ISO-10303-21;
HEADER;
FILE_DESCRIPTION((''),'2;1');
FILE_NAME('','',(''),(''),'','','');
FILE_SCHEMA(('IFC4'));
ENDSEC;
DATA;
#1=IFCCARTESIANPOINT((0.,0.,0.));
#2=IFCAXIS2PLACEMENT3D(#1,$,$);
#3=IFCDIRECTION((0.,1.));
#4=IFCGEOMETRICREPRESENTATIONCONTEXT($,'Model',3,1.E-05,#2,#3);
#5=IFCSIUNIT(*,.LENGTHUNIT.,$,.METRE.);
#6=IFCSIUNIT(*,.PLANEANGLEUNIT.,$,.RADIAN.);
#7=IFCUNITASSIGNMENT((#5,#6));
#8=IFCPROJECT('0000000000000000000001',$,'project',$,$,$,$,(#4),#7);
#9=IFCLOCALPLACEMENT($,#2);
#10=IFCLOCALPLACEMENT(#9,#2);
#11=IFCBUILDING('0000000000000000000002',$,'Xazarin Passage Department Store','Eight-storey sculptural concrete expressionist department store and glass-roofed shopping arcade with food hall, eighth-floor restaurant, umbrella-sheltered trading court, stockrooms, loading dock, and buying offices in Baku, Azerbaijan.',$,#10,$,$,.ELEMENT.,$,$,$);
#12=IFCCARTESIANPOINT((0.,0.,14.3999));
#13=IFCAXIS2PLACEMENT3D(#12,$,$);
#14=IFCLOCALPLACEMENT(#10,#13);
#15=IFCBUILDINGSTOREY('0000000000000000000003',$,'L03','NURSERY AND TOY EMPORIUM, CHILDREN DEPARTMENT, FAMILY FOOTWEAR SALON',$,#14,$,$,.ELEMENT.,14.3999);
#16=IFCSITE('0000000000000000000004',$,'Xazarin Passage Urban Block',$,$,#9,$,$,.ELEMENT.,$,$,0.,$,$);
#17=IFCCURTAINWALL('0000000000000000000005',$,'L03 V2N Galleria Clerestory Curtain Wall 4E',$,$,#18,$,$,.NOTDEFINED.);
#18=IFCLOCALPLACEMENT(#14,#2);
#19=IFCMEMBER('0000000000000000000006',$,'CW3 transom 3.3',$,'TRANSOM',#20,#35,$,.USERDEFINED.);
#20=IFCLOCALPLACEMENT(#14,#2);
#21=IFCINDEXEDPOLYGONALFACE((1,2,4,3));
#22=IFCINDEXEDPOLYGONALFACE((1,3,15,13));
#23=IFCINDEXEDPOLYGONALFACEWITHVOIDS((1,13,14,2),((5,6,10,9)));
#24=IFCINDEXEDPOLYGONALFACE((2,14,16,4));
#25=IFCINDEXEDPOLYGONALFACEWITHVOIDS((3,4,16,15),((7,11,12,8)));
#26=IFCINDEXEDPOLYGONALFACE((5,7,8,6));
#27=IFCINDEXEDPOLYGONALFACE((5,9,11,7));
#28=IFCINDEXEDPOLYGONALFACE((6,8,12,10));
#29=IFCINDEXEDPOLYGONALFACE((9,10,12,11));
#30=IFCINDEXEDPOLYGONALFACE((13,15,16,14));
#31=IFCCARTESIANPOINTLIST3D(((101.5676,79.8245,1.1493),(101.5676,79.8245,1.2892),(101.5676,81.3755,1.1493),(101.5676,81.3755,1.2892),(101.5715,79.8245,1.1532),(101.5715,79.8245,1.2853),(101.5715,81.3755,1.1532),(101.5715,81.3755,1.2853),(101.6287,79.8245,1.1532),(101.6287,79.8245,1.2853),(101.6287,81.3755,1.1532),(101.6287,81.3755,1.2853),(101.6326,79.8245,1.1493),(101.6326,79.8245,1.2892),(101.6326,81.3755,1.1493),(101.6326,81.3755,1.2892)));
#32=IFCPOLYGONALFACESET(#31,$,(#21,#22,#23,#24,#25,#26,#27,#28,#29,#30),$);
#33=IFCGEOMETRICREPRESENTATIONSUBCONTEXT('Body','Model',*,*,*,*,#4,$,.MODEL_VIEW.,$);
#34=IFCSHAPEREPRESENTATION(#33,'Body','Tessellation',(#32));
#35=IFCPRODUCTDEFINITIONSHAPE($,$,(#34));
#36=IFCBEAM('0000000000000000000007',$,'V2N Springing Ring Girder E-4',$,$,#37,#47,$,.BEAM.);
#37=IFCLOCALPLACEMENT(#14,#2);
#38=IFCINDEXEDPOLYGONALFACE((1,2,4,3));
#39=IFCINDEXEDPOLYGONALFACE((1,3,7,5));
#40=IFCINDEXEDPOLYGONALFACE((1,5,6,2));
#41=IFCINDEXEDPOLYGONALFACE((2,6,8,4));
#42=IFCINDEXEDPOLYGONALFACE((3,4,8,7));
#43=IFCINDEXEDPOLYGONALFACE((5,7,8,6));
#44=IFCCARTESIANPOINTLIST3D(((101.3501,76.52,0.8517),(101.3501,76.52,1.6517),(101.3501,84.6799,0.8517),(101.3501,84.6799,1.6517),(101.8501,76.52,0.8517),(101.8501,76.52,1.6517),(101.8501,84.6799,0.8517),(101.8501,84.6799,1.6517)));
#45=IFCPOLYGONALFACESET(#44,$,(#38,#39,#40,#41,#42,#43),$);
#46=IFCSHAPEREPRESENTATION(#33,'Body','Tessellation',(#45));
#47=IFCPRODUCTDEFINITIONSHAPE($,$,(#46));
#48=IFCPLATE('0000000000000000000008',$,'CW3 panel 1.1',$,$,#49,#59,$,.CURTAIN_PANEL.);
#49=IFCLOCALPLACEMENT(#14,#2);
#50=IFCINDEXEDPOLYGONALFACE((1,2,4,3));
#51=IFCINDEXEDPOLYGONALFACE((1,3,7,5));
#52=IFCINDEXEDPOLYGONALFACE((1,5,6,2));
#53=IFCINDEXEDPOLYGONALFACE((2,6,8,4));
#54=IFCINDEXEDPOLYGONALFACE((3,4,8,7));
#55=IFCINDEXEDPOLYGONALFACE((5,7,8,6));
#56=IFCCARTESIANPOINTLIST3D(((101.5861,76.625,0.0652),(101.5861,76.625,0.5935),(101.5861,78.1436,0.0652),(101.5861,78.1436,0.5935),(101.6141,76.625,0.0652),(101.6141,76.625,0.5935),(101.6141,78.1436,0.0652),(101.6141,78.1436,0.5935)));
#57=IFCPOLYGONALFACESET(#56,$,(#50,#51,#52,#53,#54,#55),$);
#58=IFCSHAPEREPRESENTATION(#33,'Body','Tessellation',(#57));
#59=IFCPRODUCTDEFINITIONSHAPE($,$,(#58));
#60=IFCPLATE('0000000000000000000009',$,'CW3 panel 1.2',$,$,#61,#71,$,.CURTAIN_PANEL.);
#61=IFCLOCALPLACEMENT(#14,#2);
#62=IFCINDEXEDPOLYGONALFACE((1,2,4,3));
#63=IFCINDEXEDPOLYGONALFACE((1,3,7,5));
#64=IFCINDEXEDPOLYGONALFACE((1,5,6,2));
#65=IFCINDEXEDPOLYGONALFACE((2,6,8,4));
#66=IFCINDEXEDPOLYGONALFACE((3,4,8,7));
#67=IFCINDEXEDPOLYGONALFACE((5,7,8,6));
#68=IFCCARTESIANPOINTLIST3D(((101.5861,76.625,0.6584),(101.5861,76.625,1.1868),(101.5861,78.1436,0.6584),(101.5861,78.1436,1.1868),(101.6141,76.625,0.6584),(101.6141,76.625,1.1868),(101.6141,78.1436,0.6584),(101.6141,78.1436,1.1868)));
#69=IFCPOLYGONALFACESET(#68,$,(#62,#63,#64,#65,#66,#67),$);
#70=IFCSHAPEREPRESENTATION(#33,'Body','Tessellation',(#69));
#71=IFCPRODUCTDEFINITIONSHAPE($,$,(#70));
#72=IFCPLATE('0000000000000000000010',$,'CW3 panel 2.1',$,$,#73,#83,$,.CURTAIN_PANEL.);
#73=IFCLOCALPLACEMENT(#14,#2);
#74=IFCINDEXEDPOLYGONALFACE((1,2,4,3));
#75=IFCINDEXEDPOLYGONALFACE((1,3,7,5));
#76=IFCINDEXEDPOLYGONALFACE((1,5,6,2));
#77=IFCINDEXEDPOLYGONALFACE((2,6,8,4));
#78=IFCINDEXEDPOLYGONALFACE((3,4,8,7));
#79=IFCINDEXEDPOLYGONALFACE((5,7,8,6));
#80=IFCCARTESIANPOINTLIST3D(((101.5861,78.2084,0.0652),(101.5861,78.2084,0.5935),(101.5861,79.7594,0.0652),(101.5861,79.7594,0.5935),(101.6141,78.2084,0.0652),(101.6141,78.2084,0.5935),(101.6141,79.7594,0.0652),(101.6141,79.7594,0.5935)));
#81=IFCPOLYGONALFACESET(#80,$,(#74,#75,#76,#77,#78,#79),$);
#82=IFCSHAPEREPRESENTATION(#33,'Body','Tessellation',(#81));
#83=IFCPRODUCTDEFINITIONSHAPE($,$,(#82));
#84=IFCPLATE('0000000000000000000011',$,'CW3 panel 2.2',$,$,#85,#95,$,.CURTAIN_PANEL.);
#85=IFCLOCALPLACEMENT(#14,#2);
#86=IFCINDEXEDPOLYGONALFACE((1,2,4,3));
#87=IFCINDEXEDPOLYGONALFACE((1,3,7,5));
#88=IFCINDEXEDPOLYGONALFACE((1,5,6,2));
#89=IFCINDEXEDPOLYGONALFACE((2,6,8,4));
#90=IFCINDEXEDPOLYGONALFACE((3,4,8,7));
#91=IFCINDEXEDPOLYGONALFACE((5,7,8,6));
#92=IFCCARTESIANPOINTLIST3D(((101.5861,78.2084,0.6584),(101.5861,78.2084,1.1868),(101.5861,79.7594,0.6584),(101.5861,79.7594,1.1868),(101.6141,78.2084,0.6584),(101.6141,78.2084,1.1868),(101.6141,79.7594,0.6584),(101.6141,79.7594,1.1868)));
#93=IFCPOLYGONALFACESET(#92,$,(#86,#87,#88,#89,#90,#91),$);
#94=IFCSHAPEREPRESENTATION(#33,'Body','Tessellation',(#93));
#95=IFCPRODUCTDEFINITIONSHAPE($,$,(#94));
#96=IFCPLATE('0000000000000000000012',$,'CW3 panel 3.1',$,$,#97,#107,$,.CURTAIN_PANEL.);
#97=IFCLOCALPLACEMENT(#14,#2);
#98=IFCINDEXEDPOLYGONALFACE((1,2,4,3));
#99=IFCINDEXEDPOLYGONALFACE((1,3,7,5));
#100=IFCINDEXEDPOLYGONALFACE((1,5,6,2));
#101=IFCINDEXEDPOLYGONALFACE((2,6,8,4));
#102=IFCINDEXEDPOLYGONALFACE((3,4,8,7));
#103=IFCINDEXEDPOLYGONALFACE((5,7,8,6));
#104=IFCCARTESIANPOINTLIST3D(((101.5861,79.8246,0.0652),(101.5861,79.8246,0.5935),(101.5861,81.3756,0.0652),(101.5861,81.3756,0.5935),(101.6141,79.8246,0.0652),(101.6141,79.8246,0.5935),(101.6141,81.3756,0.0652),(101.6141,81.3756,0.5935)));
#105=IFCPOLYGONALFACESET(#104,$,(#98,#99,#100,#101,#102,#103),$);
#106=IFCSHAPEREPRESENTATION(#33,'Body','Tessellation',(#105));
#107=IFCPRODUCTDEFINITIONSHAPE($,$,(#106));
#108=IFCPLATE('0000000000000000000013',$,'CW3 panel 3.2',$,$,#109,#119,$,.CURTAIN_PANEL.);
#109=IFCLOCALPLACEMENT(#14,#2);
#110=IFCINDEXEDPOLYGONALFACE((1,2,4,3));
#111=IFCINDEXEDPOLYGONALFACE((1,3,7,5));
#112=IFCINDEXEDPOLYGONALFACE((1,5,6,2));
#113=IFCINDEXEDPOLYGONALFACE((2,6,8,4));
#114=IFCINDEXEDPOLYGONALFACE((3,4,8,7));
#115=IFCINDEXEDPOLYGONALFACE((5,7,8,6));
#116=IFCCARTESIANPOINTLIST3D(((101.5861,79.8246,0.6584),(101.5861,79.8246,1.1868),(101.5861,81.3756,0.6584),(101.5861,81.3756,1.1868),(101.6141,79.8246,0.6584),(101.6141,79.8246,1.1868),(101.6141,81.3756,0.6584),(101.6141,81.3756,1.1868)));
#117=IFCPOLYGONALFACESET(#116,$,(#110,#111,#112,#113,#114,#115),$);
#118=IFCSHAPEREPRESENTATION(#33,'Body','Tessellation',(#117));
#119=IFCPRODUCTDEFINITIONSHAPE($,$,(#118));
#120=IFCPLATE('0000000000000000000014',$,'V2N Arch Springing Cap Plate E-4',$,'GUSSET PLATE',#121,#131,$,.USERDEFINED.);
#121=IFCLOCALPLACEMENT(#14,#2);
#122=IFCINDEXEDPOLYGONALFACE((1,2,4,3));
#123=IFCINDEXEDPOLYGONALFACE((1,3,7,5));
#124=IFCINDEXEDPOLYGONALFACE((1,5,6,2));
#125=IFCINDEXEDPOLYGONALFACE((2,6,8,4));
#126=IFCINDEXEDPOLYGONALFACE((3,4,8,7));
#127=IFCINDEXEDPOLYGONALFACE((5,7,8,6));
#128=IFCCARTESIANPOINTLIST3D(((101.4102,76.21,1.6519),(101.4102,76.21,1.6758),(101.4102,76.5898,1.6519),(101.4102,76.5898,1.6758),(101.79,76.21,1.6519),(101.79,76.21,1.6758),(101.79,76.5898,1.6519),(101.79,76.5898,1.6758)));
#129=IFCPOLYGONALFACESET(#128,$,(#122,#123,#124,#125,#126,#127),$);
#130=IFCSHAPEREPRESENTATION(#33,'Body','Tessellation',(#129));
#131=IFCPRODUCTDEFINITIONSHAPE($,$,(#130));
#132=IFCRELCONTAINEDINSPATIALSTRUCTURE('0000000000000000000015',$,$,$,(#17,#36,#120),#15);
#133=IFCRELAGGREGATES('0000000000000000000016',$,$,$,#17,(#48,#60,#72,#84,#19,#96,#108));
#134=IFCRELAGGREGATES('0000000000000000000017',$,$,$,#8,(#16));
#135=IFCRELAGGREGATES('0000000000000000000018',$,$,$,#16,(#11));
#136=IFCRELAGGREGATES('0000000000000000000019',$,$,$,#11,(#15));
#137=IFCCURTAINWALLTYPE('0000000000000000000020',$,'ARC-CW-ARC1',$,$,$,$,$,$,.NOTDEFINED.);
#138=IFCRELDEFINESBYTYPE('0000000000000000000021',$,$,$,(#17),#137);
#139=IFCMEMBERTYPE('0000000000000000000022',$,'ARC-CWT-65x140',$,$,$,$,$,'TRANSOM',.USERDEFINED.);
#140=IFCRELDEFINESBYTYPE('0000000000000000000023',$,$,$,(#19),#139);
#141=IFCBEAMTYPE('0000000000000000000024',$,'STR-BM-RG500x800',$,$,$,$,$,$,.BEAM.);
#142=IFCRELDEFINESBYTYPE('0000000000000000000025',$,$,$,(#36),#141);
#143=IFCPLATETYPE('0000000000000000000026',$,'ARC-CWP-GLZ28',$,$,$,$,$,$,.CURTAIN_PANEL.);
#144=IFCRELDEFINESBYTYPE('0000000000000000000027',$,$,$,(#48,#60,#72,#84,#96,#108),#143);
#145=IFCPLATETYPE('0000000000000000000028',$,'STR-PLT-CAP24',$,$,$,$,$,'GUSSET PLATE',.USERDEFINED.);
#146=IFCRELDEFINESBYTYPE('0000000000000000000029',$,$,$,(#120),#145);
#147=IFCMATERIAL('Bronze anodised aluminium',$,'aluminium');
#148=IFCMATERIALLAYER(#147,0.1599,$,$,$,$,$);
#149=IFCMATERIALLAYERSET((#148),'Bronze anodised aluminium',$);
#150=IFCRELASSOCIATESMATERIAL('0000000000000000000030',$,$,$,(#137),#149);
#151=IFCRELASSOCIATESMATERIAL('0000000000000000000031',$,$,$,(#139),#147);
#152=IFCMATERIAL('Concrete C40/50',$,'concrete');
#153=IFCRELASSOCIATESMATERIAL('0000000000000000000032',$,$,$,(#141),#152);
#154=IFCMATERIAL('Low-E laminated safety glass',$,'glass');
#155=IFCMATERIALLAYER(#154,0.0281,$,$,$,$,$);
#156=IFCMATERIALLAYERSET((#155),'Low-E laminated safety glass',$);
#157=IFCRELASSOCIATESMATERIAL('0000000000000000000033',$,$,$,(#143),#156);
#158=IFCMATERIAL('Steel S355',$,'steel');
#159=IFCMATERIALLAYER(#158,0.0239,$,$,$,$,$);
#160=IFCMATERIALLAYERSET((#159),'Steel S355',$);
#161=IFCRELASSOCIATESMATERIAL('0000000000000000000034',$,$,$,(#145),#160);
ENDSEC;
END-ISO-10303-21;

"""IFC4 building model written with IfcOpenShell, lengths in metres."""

from ifc_helpers import new_model, si_unit, direction, frame, origin, origin_2d, place, context, subcontext, project, spatial, rectangle, hollow_rectangle, extrude, material, layer, layer_set, material_profile, profile_set, type_object, element, aggregate, save


model = new_model("IFC4")

# Units and contexts
model_context = context("Model", 3, precision=1e-05, world=origin(), true_north=direction((0.0, 1.0)))
body_context = subcontext(model_context, "Body", "Model", "MODEL_VIEW")
ifc_project = project(units=[si_unit("LENGTHUNIT", "METRE"), si_unit("PLANEANGLEUNIT", "RADIAN")], contexts=[model_context])

# Site, building, storey
site_placement = place(None, origin())
site = spatial("IfcSite", under=ifc_project, at=site_placement, Name="Xazarin Passage Urban Block", CompositionType="ELEMENT", RefElevation=0.0)
building_placement = place(site_placement, origin())
building = spatial("IfcBuilding", under=site, at=building_placement, Name="Xazarin Passage Department Store", Description="Eight-storey sculptural concrete expressionist department store and glass-roofed shopping arcade with food hall, eighth-floor restaurant, umbrella-sheltered trading court, stockrooms, loading dock, and buying offices in Baku, Azerbaijan.", CompositionType="ELEMENT")
storey_placement = place(building_placement, frame((0.0, 0.0, 14.3999)))
storey = spatial("IfcBuildingStorey", under=building, at=storey_placement, Name="L03", Description="NURSERY AND TOY EMPORIUM, CHILDREN DEPARTMENT, FAMILY FOOTWEAR SALON", CompositionType="ELEMENT", Elevation=14.3999)

# Curtain wall, member
ifc_material_1 = material(Name="Bronze anodised aluminium", Category="aluminium")
ifc_layer_1 = layer(ifc_material_1, 0.1599)
ifc_layer_set_1 = layer_set([ifc_layer_1], Name="Bronze anodised aluminium")
curtain_wall_type = type_object("IfcCurtainWallType", Name="ARC-CW-ARC1", PredefinedType="NOTDEFINED", material=ifc_layer_set_1)
curtain_wall_placement = place(storey_placement, origin())
curtain_wall = element("IfcCurtainWall", 1, at=curtain_wall_placement, inside=storey, type_object=curtain_wall_type, Name="L03 V2N Galleria Clerestory Curtain Wall 4E", PredefinedType="NOTDEFINED")
ifc_material_profile_1 = material_profile(ifc_material_1, hollow_rectangle(XDim=0.0649, YDim=0.1399, WallThickness=0.0039, at=origin_2d()), Name="ALU 65x140")
ifc_profile_set_1 = profile_set([ifc_material_profile_1], Name="Bronze anodised aluminium")
member_type_1 = type_object("IfcMemberType", Name="ARC-CWT-65x140", ElementType="TRANSOM", PredefinedType="USERDEFINED", material=ifc_profile_set_1)
member_1_placement = place(storey_placement, frame((101.6001, 79.8245, 1.2192), z_axis=(0.0, 1.0, 0.0), x_axis=(-1.0, 0.0, 0.0)))
member_1 = element("IfcMember", 2, at=member_1_placement, type_object=member_type_1, Name="CW3 transom 3.3", ObjectType="TRANSOM", PredefinedType="USERDEFINED", context=body_context, shape_type="SweptSolid", body=[
    extrude(hollow_rectangle(XDim=0.0649, YDim=0.1399, WallThickness=0.0039, at=origin_2d()), origin(), (0.0, 0.0, 1.0), 1.551),
])

# Beam
ifc_material_2 = material(Name="Concrete C40/50", Category="concrete")
ifc_material_profile_2 = material_profile(ifc_material_2, rectangle(XDim=0.5, YDim=0.8, at=origin_2d()), Name="RC 500x800")
ifc_profile_set_2 = profile_set([ifc_material_profile_2], Name="Concrete C40/50")
beam_type = type_object("IfcBeamType", Name="STR-BM-RG500x800", PredefinedType="BEAM", material=ifc_profile_set_2)
beam_placement = place(storey_placement, frame((101.6001, 76.52, 1.2517), z_axis=(0.0, 1.0, 0.0), x_axis=(-1.0, 0.0, 0.0)))
element("IfcBeam", 3, at=beam_placement, inside=storey, type_object=beam_type, Name="V2N Springing Ring Girder E-4", PredefinedType="BEAM", context=body_context, shape_type="SweptSolid", body=[
    extrude(rectangle(XDim=0.5, YDim=0.8, at=origin_2d()), origin(), (0.0, 0.0, 1.0), 8.1599),
])

# Plates
ifc_material_3 = material(Name="Low-E laminated safety glass", Category="glass")
ifc_layer_2 = layer(ifc_material_3, 0.0281)
ifc_layer_set_2 = layer_set([ifc_layer_2], Name="Low-E laminated safety glass")
plate_type_1 = type_object("IfcPlateType", Name="ARC-CWP-GLZ28", PredefinedType="CURTAIN_PANEL", material=ifc_layer_set_2)
plate_1_placement = place(storey_placement, frame((101.6001, 77.3843, 0.0652), z_axis=(0.0, 0.0, 1.0), x_axis=(0.0, 1.0, 0.0)))
plate_1 = element("IfcPlate", 4, at=plate_1_placement, type_object=plate_type_1, Name="CW3 panel 1.1", PredefinedType="CURTAIN_PANEL", context=body_context, shape_type="SweptSolid", body=[
    extrude(rectangle(XDim=1.5186, YDim=0.0281, at=origin_2d()), origin(), (0.0, 0.0, 1.0), 0.5283),
])
plate_2_placement = place(storey_placement, frame((101.6001, 77.3843, 0.6584), z_axis=(0.0, 0.0, 1.0), x_axis=(0.0, 1.0, 0.0)))
plate_2 = element("IfcPlate", 5, at=plate_2_placement, type_object=plate_type_1, Name="CW3 panel 1.2", PredefinedType="CURTAIN_PANEL", context=body_context, shape_type="SweptSolid", body=[
    extrude(rectangle(XDim=1.5186, YDim=0.0281, at=origin_2d()), origin(), (0.0, 0.0, 1.0), 0.5283),
])
plate_3_placement = place(storey_placement, frame((101.6001, 78.9839, 0.0652), z_axis=(0.0, 0.0, 1.0), x_axis=(0.0, 1.0, 0.0)))
plate_3 = element("IfcPlate", 6, at=plate_3_placement, type_object=plate_type_1, Name="CW3 panel 2.1", PredefinedType="CURTAIN_PANEL", context=body_context, shape_type="SweptSolid", body=[
    extrude(rectangle(XDim=1.551, YDim=0.0281, at=origin_2d()), origin(), (0.0, 0.0, 1.0), 0.5283),
])
plate_4_placement = place(storey_placement, frame((101.6001, 78.9839, 0.6584), z_axis=(0.0, 0.0, 1.0), x_axis=(0.0, 1.0, 0.0)))
plate_4 = element("IfcPlate", 7, at=plate_4_placement, type_object=plate_type_1, Name="CW3 panel 2.2", PredefinedType="CURTAIN_PANEL", context=body_context, shape_type="SweptSolid", body=[
    extrude(rectangle(XDim=1.551, YDim=0.0281, at=origin_2d()), origin(), (0.0, 0.0, 1.0), 0.5283),
])
plate_5_placement = place(storey_placement, frame((101.6001, 80.6001, 0.0652), z_axis=(0.0, 0.0, 1.0), x_axis=(0.0, 1.0, 0.0)))
plate_5 = element("IfcPlate", 8, at=plate_5_placement, type_object=plate_type_1, Name="CW3 panel 3.1", PredefinedType="CURTAIN_PANEL", context=body_context, shape_type="SweptSolid", body=[
    extrude(rectangle(XDim=1.551, YDim=0.0281, at=origin_2d()), origin(), (0.0, 0.0, 1.0), 0.5283),
])
plate_6_placement = place(storey_placement, frame((101.6001, 80.6001, 0.6584), z_axis=(0.0, 0.0, 1.0), x_axis=(0.0, 1.0, 0.0)))
plate_6 = element("IfcPlate", 9, at=plate_6_placement, type_object=plate_type_1, Name="CW3 panel 3.2", PredefinedType="CURTAIN_PANEL", context=body_context, shape_type="SweptSolid", body=[
    extrude(rectangle(XDim=1.551, YDim=0.0281, at=origin_2d()), origin(), (0.0, 0.0, 1.0), 0.5283),
])
aggregate(curtain_wall, [plate_1, plate_2, plate_3, plate_4, member_1, plate_5, plate_6])
ifc_material_4 = material(Name="Steel S355", Category="steel")
ifc_layer_3 = layer(ifc_material_4, 0.0239)
ifc_layer_set_3 = layer_set([ifc_layer_3], Name="Steel S355")
plate_type_2 = type_object("IfcPlateType", Name="STR-PLT-CAP24", ElementType="GUSSET PLATE", PredefinedType="USERDEFINED", material=ifc_layer_set_3)
plate_7_placement = place(storey_placement, frame((101.6001, 76.3999, 1.6519), z_axis=(0.0, 0.0, 1.0), x_axis=(1.0, 0.0, 0.0)))
element("IfcPlate", 10, at=plate_7_placement, inside=storey, type_object=plate_type_2, Name="V2N Arch Springing Cap Plate E-4", ObjectType="GUSSET PLATE", PredefinedType="USERDEFINED", context=body_context, shape_type="SweptSolid", body=[
    extrude(rectangle(XDim=0.3799, YDim=0.3799, at=origin_2d()), origin(), (0.0, 0.0, 1.0), 0.0239),
])

save(model, "model.ifc")
